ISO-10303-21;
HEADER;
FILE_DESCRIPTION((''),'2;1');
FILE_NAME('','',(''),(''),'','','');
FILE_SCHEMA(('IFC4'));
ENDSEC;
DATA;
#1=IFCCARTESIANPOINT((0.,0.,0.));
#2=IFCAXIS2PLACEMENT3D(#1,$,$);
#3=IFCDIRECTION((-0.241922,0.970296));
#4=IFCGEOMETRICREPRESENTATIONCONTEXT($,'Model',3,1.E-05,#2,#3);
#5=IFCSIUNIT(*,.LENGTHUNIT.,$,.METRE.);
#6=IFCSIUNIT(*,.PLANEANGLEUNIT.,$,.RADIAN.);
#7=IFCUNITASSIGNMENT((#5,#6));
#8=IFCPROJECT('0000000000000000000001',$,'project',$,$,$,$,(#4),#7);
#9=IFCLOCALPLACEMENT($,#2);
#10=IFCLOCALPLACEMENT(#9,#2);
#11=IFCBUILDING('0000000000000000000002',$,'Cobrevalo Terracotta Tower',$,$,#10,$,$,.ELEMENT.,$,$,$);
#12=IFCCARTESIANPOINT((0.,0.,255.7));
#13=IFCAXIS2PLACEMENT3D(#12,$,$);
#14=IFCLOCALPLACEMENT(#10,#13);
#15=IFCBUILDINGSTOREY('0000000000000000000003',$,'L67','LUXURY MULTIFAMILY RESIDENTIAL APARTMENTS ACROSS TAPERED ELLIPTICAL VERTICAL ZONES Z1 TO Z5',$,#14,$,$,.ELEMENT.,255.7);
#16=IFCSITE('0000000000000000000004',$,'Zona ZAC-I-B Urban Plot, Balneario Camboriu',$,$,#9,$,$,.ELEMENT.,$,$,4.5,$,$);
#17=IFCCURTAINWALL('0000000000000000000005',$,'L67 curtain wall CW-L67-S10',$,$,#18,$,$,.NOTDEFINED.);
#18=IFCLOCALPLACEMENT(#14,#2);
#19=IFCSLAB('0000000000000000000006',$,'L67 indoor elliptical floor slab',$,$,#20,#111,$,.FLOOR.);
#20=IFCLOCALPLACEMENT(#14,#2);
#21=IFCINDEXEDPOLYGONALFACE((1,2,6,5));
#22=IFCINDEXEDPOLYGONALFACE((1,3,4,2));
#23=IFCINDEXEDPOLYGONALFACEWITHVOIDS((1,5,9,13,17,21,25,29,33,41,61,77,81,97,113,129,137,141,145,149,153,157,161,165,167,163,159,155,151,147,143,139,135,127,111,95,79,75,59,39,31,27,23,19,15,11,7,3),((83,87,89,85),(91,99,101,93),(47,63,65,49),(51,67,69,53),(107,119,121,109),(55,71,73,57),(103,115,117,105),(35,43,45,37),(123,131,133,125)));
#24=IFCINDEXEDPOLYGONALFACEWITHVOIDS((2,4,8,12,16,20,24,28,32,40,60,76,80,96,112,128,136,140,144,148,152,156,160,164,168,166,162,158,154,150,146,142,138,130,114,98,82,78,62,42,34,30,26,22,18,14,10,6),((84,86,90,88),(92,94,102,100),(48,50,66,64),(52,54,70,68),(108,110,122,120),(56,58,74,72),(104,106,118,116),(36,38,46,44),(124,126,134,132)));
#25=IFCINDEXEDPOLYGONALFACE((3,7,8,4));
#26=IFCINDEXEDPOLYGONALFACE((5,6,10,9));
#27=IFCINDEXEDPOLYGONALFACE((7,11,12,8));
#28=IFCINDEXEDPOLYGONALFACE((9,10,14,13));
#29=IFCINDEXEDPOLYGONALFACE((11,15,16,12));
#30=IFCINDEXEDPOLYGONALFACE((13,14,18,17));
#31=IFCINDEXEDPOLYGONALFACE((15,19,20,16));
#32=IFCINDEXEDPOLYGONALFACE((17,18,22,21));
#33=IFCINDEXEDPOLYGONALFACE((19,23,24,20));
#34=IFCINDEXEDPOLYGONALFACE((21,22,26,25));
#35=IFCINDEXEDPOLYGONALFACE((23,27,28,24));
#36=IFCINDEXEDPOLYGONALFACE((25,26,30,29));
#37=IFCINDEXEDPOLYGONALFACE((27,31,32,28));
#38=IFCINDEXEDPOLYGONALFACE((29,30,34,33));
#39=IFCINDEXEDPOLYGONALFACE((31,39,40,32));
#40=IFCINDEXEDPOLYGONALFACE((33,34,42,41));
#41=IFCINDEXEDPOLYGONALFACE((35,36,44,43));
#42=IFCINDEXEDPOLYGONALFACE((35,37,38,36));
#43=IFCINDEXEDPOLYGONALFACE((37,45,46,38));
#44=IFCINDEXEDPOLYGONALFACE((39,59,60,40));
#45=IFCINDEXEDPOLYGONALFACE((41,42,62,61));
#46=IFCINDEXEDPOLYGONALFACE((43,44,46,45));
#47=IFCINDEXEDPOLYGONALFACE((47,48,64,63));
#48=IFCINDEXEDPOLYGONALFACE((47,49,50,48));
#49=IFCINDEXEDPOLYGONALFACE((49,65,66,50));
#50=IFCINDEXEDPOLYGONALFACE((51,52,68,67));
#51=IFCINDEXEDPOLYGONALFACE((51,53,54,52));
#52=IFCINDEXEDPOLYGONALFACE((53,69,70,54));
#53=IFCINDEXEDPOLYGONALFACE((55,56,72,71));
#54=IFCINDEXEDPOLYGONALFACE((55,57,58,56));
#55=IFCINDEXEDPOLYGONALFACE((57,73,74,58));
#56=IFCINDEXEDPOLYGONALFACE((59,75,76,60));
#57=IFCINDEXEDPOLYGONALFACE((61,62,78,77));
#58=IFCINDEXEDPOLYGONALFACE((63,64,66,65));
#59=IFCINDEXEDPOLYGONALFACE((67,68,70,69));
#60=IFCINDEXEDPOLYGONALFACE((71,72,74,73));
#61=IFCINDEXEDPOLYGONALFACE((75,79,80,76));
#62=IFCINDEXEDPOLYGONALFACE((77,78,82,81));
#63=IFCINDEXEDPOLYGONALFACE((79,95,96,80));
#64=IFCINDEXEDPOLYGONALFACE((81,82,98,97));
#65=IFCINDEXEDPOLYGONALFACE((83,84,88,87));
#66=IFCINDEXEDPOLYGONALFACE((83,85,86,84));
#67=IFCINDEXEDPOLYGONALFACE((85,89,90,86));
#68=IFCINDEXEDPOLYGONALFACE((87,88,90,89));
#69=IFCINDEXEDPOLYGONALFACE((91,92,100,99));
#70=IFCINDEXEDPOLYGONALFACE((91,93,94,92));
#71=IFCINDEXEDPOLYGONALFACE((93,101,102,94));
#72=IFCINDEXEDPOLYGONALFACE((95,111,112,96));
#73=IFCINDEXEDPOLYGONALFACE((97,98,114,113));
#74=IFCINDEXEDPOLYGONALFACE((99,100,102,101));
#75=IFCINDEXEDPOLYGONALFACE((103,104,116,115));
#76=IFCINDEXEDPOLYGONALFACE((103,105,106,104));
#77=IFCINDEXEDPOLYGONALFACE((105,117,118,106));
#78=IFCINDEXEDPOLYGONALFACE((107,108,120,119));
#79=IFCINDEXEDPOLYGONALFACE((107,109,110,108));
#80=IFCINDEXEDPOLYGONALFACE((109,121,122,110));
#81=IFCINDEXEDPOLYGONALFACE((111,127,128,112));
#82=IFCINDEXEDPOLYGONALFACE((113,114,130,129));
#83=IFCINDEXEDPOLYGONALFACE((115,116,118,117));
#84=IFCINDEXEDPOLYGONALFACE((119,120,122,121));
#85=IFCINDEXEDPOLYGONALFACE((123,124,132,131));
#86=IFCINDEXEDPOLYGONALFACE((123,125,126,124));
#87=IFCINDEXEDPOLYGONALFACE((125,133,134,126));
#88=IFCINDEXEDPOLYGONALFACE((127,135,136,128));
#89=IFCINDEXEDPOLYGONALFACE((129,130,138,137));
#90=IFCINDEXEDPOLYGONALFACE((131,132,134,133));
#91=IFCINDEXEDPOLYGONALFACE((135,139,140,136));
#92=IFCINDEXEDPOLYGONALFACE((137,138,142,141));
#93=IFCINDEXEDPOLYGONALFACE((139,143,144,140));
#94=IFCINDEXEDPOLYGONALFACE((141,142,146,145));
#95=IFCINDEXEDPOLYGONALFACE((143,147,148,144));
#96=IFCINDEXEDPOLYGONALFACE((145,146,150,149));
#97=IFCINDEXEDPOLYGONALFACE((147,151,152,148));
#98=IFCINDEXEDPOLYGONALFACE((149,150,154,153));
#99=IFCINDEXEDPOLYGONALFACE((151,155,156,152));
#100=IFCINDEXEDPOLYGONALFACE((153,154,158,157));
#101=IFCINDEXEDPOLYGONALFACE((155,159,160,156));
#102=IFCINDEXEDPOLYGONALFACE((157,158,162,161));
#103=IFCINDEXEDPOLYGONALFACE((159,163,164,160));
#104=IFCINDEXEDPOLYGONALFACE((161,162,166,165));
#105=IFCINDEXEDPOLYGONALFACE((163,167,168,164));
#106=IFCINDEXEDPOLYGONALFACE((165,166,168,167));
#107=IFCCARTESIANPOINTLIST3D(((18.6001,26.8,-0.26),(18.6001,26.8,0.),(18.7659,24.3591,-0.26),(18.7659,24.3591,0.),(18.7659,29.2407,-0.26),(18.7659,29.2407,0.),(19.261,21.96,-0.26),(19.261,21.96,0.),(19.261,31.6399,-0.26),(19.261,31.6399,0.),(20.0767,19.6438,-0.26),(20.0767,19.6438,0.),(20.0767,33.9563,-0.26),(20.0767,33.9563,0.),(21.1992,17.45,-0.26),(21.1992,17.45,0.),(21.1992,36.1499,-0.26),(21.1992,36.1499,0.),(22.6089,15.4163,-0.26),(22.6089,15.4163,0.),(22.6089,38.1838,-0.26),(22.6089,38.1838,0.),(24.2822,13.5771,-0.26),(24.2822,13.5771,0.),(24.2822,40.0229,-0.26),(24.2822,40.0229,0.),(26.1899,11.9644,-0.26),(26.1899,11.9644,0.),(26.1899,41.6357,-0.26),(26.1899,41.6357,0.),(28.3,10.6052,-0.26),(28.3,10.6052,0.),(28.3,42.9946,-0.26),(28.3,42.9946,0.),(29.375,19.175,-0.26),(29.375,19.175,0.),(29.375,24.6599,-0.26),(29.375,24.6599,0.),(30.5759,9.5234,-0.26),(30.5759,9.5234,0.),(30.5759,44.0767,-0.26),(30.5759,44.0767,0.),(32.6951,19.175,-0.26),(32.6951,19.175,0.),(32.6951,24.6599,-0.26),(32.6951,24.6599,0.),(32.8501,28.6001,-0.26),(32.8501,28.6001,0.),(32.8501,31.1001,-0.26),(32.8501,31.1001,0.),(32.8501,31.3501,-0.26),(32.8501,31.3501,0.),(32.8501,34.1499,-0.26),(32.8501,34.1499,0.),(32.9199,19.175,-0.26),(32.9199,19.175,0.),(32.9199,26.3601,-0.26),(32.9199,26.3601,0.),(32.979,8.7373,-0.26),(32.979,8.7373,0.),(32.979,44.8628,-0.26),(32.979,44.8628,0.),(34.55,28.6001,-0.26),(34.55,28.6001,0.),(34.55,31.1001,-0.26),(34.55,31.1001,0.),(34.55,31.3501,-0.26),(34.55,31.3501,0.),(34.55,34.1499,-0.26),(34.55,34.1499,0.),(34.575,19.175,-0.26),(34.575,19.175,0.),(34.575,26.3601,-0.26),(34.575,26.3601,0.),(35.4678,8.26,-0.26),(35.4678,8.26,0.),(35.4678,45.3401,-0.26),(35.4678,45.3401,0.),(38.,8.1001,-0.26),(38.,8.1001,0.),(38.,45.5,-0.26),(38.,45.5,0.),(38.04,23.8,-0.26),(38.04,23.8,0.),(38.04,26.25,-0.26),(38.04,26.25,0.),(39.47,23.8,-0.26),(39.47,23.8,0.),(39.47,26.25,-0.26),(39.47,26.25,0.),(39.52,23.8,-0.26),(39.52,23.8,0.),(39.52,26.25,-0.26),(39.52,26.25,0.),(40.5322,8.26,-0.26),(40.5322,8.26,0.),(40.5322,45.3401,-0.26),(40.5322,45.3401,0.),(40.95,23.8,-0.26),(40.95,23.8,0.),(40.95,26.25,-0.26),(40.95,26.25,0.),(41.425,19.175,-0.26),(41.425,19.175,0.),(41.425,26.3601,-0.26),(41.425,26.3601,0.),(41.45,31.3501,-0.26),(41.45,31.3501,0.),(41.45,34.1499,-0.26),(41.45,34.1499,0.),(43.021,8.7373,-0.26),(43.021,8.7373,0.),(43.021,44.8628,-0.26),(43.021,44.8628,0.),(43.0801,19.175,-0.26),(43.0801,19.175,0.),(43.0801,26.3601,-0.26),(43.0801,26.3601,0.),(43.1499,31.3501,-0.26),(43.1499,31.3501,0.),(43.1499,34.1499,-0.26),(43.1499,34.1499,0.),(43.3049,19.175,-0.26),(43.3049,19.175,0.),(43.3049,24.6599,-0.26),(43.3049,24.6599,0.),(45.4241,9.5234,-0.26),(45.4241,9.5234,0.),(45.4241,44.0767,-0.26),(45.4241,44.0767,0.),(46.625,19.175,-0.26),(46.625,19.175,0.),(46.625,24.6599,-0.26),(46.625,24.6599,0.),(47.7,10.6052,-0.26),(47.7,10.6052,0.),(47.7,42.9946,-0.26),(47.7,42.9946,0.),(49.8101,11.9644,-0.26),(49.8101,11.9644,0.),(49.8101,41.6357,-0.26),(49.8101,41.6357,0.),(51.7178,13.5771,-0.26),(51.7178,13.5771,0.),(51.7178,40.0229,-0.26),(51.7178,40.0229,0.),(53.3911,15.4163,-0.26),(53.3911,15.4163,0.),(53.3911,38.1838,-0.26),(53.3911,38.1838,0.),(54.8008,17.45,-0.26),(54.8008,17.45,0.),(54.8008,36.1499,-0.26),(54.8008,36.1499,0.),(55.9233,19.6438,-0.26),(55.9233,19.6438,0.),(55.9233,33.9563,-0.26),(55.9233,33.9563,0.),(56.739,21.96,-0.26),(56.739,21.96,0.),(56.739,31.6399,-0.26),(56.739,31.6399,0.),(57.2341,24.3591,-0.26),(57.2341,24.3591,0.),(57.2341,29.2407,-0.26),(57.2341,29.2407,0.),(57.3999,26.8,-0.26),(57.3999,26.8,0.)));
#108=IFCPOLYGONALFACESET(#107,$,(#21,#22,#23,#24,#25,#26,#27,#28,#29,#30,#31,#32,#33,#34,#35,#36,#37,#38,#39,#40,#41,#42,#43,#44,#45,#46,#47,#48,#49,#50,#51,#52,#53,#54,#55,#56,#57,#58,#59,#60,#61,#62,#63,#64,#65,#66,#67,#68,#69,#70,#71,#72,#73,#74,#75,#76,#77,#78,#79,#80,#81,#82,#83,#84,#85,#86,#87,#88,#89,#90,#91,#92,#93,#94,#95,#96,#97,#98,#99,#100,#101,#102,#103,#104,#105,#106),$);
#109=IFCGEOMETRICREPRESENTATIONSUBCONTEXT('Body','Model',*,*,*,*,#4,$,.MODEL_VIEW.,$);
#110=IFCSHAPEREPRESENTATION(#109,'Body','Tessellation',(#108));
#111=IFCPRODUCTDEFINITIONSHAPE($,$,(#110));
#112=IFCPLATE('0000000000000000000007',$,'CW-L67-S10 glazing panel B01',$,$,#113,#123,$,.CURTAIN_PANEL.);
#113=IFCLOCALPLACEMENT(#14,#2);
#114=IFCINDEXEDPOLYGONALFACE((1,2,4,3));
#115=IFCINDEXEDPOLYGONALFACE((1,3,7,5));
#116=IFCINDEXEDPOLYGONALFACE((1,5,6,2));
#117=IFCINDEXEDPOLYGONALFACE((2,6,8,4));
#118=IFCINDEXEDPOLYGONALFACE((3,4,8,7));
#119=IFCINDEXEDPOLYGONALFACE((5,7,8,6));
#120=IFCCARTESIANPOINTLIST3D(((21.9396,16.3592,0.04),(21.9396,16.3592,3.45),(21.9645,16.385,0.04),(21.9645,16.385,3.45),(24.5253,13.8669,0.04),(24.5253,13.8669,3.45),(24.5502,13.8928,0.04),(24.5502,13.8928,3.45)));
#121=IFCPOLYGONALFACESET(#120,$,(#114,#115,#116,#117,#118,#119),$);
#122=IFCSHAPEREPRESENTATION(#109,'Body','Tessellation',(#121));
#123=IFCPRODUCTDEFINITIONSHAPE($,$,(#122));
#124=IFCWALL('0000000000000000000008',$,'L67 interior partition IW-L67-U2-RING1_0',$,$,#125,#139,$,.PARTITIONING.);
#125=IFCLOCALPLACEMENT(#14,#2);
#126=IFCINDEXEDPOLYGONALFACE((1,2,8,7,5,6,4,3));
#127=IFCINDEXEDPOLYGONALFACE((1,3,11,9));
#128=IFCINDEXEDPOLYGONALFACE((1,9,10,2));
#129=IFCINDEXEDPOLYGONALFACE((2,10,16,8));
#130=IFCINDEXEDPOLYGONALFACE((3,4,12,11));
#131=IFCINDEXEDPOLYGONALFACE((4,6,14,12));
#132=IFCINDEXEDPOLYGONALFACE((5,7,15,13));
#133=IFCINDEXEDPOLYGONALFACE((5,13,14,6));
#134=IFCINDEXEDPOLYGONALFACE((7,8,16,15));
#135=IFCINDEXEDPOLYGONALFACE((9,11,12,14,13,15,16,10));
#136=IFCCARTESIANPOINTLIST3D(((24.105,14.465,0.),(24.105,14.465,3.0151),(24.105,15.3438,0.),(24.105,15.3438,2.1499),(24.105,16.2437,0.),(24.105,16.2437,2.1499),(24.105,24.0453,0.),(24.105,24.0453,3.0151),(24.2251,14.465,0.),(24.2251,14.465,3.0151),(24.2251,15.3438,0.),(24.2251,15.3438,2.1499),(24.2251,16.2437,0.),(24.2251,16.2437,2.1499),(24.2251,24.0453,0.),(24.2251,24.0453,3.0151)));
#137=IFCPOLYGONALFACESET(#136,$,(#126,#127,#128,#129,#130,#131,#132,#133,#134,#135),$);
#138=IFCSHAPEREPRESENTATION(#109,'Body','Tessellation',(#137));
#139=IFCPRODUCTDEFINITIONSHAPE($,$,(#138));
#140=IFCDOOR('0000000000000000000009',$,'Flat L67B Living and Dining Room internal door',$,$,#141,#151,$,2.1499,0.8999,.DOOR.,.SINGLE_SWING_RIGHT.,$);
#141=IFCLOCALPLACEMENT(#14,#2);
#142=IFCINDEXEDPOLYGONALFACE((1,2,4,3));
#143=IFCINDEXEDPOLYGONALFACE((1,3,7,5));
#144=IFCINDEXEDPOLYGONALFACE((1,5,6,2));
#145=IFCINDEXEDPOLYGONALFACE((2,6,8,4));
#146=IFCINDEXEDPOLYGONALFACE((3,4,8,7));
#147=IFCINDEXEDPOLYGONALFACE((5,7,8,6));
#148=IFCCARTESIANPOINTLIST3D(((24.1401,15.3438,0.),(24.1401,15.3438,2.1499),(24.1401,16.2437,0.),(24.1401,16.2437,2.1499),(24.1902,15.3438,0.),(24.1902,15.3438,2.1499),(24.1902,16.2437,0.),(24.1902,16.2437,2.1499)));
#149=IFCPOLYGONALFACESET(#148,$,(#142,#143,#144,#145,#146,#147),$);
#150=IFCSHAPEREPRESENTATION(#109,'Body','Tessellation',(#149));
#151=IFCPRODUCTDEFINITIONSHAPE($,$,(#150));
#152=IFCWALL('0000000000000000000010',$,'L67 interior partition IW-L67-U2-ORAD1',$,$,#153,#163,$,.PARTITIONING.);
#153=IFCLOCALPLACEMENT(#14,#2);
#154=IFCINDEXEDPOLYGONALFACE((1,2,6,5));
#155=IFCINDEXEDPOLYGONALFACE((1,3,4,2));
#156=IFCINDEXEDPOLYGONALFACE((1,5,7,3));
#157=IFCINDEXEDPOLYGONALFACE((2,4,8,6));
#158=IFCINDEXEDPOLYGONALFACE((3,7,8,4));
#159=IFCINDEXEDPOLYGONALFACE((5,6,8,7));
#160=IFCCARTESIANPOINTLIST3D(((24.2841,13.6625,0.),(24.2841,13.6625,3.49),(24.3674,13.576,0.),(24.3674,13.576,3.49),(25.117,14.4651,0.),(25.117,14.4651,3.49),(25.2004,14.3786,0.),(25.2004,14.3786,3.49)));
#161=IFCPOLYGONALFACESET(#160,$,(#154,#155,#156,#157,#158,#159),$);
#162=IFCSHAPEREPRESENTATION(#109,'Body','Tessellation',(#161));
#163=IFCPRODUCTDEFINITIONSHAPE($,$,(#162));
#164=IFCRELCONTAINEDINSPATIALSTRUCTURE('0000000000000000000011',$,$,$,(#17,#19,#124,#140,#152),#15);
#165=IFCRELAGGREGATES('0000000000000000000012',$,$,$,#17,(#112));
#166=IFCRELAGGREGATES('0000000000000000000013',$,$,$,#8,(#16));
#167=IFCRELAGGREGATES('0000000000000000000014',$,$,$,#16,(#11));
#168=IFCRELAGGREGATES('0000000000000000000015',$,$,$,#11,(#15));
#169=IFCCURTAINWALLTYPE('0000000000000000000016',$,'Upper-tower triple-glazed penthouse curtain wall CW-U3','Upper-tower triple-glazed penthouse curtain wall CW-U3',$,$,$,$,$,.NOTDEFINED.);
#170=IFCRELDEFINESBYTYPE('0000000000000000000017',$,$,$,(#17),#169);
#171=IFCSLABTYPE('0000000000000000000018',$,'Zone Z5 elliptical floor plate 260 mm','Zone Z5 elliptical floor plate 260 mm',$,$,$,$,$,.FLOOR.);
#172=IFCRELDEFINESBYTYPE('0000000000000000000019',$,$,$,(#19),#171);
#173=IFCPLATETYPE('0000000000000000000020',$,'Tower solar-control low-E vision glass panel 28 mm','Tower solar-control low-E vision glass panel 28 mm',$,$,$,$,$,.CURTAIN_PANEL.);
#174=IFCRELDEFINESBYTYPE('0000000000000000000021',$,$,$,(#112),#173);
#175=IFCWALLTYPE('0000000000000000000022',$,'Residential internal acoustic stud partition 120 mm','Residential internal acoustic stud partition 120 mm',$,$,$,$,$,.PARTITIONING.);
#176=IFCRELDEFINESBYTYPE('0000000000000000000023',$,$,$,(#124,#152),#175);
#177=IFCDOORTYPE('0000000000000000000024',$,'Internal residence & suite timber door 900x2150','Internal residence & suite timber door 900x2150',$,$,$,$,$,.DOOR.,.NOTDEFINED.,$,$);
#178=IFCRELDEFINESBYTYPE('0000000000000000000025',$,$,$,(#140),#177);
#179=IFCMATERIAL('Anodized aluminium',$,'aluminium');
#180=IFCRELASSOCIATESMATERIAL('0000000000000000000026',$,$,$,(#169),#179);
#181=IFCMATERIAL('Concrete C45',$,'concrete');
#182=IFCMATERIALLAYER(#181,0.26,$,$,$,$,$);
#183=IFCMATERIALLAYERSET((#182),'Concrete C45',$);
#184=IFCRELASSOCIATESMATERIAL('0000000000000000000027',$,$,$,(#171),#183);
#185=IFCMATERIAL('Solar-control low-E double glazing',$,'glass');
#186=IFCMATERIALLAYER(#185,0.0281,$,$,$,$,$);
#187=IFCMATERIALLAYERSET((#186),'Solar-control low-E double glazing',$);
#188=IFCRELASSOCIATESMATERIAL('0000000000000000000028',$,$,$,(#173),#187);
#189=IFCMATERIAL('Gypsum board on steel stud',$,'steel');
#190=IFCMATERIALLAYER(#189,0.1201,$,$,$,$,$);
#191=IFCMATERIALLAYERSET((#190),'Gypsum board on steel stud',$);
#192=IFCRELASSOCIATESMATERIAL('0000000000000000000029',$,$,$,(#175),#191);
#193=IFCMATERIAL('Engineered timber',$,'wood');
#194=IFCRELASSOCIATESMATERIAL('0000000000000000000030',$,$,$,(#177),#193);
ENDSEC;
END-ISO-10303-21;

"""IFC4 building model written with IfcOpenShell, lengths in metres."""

from ifc_helpers import new_model, si_unit, direction, frame, frame_2d, origin, origin_2d, place, context, subcontext, project, spatial, polyline, rectangle, outline, extrude, source, transform, mapped, material, layer, layer_set, type_object, element, fill, aggregate, save


model = new_model("IFC4")

# Units and contexts
model_context = context("Model", 3, precision=1e-05, world=origin(), true_north=direction((-0.241922, 0.970296)))
body_context = subcontext(model_context, "Body", "Model", "MODEL_VIEW")
ifc_project = project(units=[si_unit("LENGTHUNIT", "METRE"), si_unit("PLANEANGLEUNIT", "RADIAN")], contexts=[model_context])

# Site, building, storey
site_placement = place(None, origin())
site = spatial("IfcSite", under=ifc_project, at=site_placement, Name="Zona ZAC-I-B Urban Plot, Balneario Camboriu", CompositionType="ELEMENT", RefElevation=4.5)
building_placement = place(site_placement, origin())
building = spatial("IfcBuilding", under=site, at=building_placement, Name="Cobrevalo Terracotta Tower", CompositionType="ELEMENT")
storey_placement = place(building_placement, frame((0.0, 0.0, 255.7)))
storey = spatial("IfcBuildingStorey", under=building, at=storey_placement, Name="L67", Description="LUXURY MULTIFAMILY RESIDENTIAL APARTMENTS ACROSS TAPERED ELLIPTICAL VERTICAL ZONES Z1 TO Z5", CompositionType="ELEMENT", Elevation=255.7)

# Curtain wall
ifc_material_1 = material(Name="Anodized aluminium", Category="aluminium")
curtain_wall_type = type_object("IfcCurtainWallType", Name="Upper-tower triple-glazed penthouse curtain wall CW-U3", Description="Upper-tower triple-glazed penthouse curtain wall CW-U3", PredefinedType="NOTDEFINED", material=ifc_material_1)
curtain_wall_placement = place(storey_placement, origin())
curtain_wall = element("IfcCurtainWall", 1, at=curtain_wall_placement, inside=storey, type_object=curtain_wall_type, Name="L67 curtain wall CW-L67-S10", PredefinedType="NOTDEFINED")

# Slab
ifc_material_2 = material(Name="Concrete C45", Category="concrete")
ifc_layer_1 = layer(ifc_material_2, 0.26)
ifc_layer_set_1 = layer_set([ifc_layer_1], Name="Concrete C45")
slab_type_1 = type_object("IfcSlabType", Name="Zone Z5 elliptical floor plate 260 mm", Description="Zone Z5 elliptical floor plate 260 mm", PredefinedType="FLOOR", material=ifc_layer_set_1)
slab_1_placement = place(storey_placement, frame((0.0, 0.0, -0.26)))
element("IfcSlab", 2, at=slab_1_placement, inside=storey, type_object=slab_type_1, Name="L67 indoor elliptical floor slab", PredefinedType="FLOOR", context=body_context, shape_type="SweptSolid", body=[
    extrude(outline(polyline([(57.2341, 24.3591), (56.739, 21.96), (55.9233, 19.6438), (54.8008, 17.45), (53.3911, 15.4163), (51.7178, 13.5771), (49.8101, 11.9644), (47.7, 10.6052), (45.4241, 9.5234), (43.021, 8.7373), (40.5322, 8.26), (38.0, 8.1001), (35.4678, 8.26), (32.979, 8.7373), (30.5759, 9.5234), (28.3, 10.6052), (26.1899, 11.9644), (24.2822, 13.5771), (22.6089, 15.4163), (21.1992, 17.45), (20.0767, 19.6438), (19.261, 21.96), (18.7659, 24.3591), (18.6001, 26.8), (18.7659, 29.2407), (19.261, 31.6399), (20.0767, 33.9563), (21.1992, 36.1499), (22.6089, 38.1838), (24.2822, 40.0229), (26.1899, 41.6357), (28.3, 42.9946), (30.5759, 44.0767), (32.979, 44.8628), (35.4678, 45.3401), (38.0, 45.5), (40.5322, 45.3401), (43.021, 44.8628), (45.4241, 44.0767), (47.7, 42.9946), (49.8101, 41.6357), (51.7178, 40.0229), (53.3911, 38.1838), (54.8008, 36.1499), (55.9233, 33.9563), (56.739, 31.6399), (57.2341, 29.2407), (57.3999, 26.8), (57.2341, 24.3591)]), holes=[polyline([(32.6951, 19.175), (32.6951, 24.6599), (29.375, 24.6599), (29.375, 19.175), (32.6951, 19.175)]), polyline([(46.625, 19.175), (46.625, 24.6599), (43.3049, 24.6599), (43.3049, 19.175), (46.625, 19.175)]), polyline([(34.575, 26.3601), (32.9199, 26.3601), (32.9199, 19.175), (34.575, 19.175), (34.575, 26.3601)]), polyline([(43.0801, 26.3601), (41.425, 26.3601), (41.425, 19.175), (43.0801, 19.175), (43.0801, 26.3601)]), polyline([(39.47, 26.25), (38.04, 26.25), (38.04, 23.8), (39.47, 23.8), (39.47, 26.25)]), polyline([(40.95, 26.25), (39.52, 26.25), (39.52, 23.8), (40.95, 23.8), (40.95, 26.25)]), polyline([(34.55, 31.1001), (32.8501, 31.1001), (32.8501, 28.6001), (34.55, 28.6001), (34.55, 31.1001)]), polyline([(34.55, 31.3501), (34.55, 34.1499), (32.8501, 34.1499), (32.8501, 31.3501), (34.55, 31.3501)]), polyline([(43.1499, 31.3501), (43.1499, 34.1499), (41.45, 34.1499), (41.45, 31.3501), (43.1499, 31.3501)])]), origin(), (0.0, 0.0, 1.0), 0.26),
])

# Plate
ifc_material_3 = material(Name="Solar-control low-E double glazing", Category="glass")
ifc_layer_2 = layer(ifc_material_3, 0.0281)
ifc_layer_set_2 = layer_set([ifc_layer_2], Name="Solar-control low-E double glazing")
plate_type = type_object("IfcPlateType", Name="Tower solar-control low-E vision glass panel 28 mm", Description="Tower solar-control low-E vision glass panel 28 mm", PredefinedType="CURTAIN_PANEL", material=ifc_layer_set_2)
shared_shape_1 = source(origin(), body_context, "Body", "SweptSolid", [
    extrude(rectangle(XDim=3.5913, YDim=0.0359, at=origin_2d()), origin(), (0.0, 0.0, 1.0), 3.4099),
])
plate_placement = place(storey_placement, frame((23.2449, 15.126, 0.04), z_axis=(0.0, 0.0, 1.0), x_axis=(0.719997, -0.693978, 0.0)))
plate = element("IfcPlate", 3, at=plate_placement, type_object=plate_type, Name="CW-L67-S10 glazing panel B01", PredefinedType="CURTAIN_PANEL", context=body_context, shape_type="MappedRepresentation", body=[
    mapped(shared_shape_1, transform((0.0, 0.0, 0.0), scale=1.0)),
])
aggregate(curtain_wall, [plate])

# Wall, opening, door
ifc_material_4 = material(Name="Gypsum board on steel stud", Category="steel")
ifc_layer_3 = layer(ifc_material_4, 0.1201)
ifc_layer_set_3 = layer_set([ifc_layer_3], Name="Gypsum board on steel stud")
wall_type = type_object("IfcWallType", Name="Residential internal acoustic stud partition 120 mm", Description="Residential internal acoustic stud partition 120 mm", PredefinedType="PARTITIONING", material=ifc_layer_set_3)
wall_1_placement = place(storey_placement, frame((24.165, 14.4651, 0.0), z_axis=(0.0, 0.0, 1.0), x_axis=(0.0, 1.0, 0.0)))
wall_1 = element("IfcWall", 4, at=wall_1_placement, inside=storey, type_object=wall_type, Name="L67 interior partition IW-L67-U2-RING1_0", PredefinedType="PARTITIONING", context=body_context, shape_type="SweptSolid", body=[
    extrude(rectangle(XDim=9.5803, YDim=0.1201, at=frame_2d((4.79, 0.0))), origin(), (0.0, 0.0, 1.0), 3.0151),
])
opening_placement = place(wall_1_placement, frame((0.8787, 0.0, 0.0)))
opening = element("IfcOpeningElement", 5, at=opening_placement, cuts=wall_1, PredefinedType="OPENING", context=body_context, shape_type="SweptSolid", body=[
    extrude(rectangle(XDim=0.8999, YDim=2.1499, at=frame_2d((0.45, 1.075))), frame((0.0, 0.0701, 0.0), z_axis=(0.0, -1.0, 0.0), x_axis=(1.0, 0.0, 0.0)), (0.0, 0.0, 1.0), 0.1401),
])
ifc_material_5 = material(Name="Engineered timber", Category="wood")
door_type = type_object("IfcDoorType", Name="Internal residence & suite timber door 900x2150", Description="Internal residence & suite timber door 900x2150", OperationType="NOTDEFINED", PredefinedType="DOOR", material=ifc_material_5)
shared_shape_2 = source(origin(), body_context, "Body", "SweptSolid", [
    extrude(rectangle(XDim=0.8999, YDim=2.1499, at=frame_2d((0.45, 1.075))), frame((0.0, 0.0249, 0.0), z_axis=(0.0, -1.0, 0.0), x_axis=(1.0, 0.0, 0.0)), (0.0, 0.0, 1.0), 0.05),
])
door_placement = place(opening_placement, origin())
door = element("IfcDoor", 6, at=door_placement, inside=storey, type_object=door_type, Name="Flat L67B Living and Dining Room internal door", OperationType="SINGLE_SWING_RIGHT", OverallHeight=2.1499, OverallWidth=0.8999, PredefinedType="DOOR", context=body_context, shape_type="MappedRepresentation", body=[
    mapped(shared_shape_2, transform((0.0, 0.0, 0.0), scale=1.0)),
])
fill(opening, door)

# Wall
wall_2_placement = place(storey_placement, frame((25.1587, 14.4219, 0.0), z_axis=(0.0, 0.0, 1.0), x_axis=(-0.72007, -0.693901, 0.0)))
element("IfcWall", 7, at=wall_2_placement, inside=storey, type_object=wall_type, Name="L67 interior partition IW-L67-U2-ORAD1", PredefinedType="PARTITIONING", context=body_context, shape_type="SweptSolid", body=[
    extrude(rectangle(XDim=1.1567, YDim=0.1201, at=frame_2d((0.5784, 0.0))), origin(), (0.0, 0.0, 1.0), 3.49),
])

save(model, "model.ifc")
